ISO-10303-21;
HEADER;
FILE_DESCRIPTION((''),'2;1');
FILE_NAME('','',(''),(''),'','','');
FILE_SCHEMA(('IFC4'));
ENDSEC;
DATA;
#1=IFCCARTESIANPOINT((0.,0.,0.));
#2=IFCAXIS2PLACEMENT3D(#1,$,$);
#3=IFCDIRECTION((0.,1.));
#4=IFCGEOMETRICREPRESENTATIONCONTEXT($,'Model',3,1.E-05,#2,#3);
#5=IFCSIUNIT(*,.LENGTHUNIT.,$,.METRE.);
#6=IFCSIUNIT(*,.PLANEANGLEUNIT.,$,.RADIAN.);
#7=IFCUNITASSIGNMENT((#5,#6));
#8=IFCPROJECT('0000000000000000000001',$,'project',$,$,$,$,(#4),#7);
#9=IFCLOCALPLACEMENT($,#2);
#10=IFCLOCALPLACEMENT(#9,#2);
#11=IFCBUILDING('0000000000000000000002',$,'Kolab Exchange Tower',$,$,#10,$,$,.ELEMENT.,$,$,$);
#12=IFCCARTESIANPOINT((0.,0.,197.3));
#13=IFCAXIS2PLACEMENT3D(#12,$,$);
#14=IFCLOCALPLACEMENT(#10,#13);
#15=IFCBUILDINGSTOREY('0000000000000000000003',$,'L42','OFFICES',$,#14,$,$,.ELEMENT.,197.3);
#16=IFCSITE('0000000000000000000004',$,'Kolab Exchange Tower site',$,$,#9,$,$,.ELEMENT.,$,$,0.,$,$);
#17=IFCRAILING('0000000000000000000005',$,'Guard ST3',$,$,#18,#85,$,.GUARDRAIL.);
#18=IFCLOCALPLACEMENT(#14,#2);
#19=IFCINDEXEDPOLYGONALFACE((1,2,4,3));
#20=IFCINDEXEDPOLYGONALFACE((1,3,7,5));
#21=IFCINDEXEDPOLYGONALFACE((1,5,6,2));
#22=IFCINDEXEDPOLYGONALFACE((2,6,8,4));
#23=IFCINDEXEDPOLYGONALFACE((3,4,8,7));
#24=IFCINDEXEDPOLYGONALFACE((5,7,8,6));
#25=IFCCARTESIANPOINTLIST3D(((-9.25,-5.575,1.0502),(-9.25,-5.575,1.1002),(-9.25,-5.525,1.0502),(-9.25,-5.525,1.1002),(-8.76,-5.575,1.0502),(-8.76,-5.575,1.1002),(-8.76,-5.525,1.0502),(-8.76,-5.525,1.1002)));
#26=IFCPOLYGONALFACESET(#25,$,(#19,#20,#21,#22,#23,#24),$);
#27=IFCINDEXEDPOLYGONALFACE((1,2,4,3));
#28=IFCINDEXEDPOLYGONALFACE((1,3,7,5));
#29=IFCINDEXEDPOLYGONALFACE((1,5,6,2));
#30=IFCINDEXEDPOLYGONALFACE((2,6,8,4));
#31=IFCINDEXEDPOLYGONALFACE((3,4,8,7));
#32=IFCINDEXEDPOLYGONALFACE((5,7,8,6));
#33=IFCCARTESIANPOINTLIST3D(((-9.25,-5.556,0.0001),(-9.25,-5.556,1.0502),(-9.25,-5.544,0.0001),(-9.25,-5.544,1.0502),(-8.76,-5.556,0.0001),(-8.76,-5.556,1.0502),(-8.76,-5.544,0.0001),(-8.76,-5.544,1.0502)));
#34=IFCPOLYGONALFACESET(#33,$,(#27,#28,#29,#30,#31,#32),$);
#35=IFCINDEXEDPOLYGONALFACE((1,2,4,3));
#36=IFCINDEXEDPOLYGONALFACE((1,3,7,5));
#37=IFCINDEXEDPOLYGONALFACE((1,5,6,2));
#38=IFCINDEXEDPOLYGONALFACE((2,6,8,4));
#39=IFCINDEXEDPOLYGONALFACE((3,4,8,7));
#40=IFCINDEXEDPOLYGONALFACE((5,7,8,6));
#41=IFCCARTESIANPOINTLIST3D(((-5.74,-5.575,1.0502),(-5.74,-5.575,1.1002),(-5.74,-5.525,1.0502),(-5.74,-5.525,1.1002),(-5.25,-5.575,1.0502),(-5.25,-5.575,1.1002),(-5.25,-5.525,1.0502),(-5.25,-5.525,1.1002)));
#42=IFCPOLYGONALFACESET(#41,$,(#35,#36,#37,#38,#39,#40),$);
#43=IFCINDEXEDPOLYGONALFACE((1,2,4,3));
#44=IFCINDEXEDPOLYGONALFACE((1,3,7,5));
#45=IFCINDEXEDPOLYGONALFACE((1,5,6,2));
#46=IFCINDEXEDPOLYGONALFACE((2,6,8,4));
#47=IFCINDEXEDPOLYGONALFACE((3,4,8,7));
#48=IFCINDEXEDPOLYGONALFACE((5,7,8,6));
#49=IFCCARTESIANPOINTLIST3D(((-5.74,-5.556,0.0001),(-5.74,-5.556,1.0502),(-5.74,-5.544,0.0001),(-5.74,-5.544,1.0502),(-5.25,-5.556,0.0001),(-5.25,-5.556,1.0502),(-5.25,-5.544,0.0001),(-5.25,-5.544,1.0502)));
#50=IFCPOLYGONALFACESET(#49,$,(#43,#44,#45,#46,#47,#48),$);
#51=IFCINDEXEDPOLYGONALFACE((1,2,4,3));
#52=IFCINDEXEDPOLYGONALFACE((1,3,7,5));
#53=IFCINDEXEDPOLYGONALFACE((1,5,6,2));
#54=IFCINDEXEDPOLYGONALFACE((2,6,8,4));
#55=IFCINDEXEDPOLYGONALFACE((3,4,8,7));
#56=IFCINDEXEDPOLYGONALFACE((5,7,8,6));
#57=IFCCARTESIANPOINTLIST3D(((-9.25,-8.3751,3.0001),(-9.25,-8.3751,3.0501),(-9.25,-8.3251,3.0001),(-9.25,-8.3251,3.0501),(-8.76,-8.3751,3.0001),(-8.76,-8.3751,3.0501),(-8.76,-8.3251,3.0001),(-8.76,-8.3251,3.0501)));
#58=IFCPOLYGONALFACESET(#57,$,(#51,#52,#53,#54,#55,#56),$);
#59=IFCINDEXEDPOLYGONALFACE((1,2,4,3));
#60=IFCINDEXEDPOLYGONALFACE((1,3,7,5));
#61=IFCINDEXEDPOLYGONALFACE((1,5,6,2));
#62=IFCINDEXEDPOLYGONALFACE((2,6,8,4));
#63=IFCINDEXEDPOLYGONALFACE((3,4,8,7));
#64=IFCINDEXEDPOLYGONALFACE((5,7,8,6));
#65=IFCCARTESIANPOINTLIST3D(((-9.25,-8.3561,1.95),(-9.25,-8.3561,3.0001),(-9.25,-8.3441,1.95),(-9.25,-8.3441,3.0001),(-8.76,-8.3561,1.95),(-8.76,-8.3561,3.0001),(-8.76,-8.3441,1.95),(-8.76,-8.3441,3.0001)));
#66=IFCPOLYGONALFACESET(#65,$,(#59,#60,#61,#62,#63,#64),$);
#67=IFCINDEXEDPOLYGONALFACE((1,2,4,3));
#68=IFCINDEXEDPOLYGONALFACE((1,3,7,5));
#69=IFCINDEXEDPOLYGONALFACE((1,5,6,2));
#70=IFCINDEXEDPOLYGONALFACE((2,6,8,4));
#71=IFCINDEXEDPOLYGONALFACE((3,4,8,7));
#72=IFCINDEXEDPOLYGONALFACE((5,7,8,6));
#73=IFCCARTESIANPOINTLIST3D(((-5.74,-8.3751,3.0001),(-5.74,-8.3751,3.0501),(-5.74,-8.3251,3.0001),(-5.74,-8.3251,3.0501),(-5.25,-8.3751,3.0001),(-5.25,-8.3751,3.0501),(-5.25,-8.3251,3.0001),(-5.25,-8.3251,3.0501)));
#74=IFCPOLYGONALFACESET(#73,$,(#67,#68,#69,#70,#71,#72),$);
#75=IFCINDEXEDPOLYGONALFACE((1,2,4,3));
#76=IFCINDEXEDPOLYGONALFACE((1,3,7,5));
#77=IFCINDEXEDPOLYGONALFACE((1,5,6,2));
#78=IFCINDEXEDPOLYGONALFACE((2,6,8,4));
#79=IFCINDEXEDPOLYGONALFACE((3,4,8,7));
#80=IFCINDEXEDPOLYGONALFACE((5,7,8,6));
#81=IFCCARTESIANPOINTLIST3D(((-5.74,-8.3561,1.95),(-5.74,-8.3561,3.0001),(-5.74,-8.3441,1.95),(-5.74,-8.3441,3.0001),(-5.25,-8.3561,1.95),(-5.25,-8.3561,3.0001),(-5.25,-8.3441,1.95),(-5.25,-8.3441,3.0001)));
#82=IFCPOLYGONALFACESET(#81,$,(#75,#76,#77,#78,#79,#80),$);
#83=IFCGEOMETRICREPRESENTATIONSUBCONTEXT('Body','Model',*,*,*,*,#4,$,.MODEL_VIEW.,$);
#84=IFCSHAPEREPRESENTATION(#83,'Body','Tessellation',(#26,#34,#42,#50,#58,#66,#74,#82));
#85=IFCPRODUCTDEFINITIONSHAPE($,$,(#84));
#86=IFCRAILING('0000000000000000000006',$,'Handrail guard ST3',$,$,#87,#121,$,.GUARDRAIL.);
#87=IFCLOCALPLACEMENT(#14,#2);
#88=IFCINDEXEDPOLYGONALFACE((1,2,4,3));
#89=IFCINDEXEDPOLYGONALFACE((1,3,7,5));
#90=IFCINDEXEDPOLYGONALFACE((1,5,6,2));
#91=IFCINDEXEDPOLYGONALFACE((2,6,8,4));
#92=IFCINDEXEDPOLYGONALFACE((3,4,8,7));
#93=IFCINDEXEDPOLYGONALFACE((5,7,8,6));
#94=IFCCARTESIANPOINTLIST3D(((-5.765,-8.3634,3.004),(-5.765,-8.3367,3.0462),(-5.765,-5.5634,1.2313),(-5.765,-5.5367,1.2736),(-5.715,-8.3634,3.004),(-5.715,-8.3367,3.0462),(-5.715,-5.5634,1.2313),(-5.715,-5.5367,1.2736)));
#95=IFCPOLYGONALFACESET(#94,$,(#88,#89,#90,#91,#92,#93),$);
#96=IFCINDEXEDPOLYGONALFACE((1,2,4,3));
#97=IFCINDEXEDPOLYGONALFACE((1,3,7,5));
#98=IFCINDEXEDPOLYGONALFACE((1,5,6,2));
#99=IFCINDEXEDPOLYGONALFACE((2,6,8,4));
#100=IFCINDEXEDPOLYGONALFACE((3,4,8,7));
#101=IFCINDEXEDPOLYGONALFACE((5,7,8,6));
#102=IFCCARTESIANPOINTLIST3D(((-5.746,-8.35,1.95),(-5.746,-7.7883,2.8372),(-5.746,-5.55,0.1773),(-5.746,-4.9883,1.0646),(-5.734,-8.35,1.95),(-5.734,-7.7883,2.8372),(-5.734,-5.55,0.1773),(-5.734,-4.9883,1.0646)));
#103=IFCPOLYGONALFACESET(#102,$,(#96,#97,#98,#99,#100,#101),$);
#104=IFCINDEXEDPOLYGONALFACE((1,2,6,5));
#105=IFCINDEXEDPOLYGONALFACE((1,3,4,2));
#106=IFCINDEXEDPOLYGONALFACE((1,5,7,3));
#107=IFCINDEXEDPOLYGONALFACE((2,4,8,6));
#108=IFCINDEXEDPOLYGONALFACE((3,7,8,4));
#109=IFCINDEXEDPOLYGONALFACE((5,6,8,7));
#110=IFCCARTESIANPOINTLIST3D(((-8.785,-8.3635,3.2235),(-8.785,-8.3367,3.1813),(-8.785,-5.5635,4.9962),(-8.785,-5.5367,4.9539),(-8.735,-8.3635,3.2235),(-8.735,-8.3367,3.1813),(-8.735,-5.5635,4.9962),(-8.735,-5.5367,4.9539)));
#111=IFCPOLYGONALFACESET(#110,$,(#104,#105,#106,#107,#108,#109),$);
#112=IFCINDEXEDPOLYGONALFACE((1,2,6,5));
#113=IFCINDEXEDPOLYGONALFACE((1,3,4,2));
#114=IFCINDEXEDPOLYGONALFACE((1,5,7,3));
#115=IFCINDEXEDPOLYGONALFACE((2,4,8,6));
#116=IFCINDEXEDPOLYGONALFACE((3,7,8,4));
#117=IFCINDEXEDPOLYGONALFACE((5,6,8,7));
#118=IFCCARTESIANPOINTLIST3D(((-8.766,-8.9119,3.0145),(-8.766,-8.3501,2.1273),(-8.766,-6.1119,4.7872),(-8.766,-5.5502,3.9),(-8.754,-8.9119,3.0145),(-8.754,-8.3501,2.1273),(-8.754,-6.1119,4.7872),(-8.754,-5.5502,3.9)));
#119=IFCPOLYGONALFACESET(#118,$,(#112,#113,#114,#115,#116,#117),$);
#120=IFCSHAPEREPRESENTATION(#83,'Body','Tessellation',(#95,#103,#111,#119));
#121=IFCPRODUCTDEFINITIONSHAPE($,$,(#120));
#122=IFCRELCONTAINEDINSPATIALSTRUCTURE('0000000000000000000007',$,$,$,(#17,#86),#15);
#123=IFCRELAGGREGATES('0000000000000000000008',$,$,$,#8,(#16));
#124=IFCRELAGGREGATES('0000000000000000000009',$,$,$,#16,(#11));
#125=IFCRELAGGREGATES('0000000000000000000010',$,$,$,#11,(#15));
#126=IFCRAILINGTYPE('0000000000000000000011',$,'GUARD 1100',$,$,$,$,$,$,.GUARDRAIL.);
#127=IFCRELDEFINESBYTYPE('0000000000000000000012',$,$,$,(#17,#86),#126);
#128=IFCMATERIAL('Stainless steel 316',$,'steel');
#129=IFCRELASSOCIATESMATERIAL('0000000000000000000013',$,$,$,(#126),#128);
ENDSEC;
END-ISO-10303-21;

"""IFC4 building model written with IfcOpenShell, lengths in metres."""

from ifc_helpers import new_model, si_unit, direction, frame, frame_2d, origin, origin_2d, place, context, subcontext, project, spatial, rectangle, extrude, material, type_object, element, save


model = new_model("IFC4")

# Units and contexts
model_context = context("Model", 3, precision=1e-05, world=origin(), true_north=direction((0.0, 1.0)))
body_context = subcontext(model_context, "Body", "Model", "MODEL_VIEW")
ifc_project = project(units=[si_unit("LENGTHUNIT", "METRE"), si_unit("PLANEANGLEUNIT", "RADIAN")], contexts=[model_context])

# Site, building, storey
site_placement = place(None, origin())
site = spatial("IfcSite", under=ifc_project, at=site_placement, Name="Kolab Exchange Tower site", CompositionType="ELEMENT", RefElevation=0.0)
building_placement = place(site_placement, origin())
building = spatial("IfcBuilding", under=site, at=building_placement, Name="Kolab Exchange Tower", CompositionType="ELEMENT")
storey_placement = place(building_placement, frame((0.0, 0.0, 197.3)))
storey = spatial("IfcBuildingStorey", under=building, at=storey_placement, Name="L42", Description="OFFICES", CompositionType="ELEMENT", Elevation=197.3)

# Shared definitions
ifc_material_1 = material(Name="Stainless steel 316", Category="steel")

# Railings
railing_type = type_object("IfcRailingType", Name="GUARD 1100", PredefinedType="GUARDRAIL", material=ifc_material_1)
railing_1_placement = place(storey_placement, frame((-9.25, -5.55, 0.0)))
element("IfcRailing", 1, at=railing_1_placement, inside=storey, type_object=railing_type, Name="Guard ST3", PredefinedType="GUARDRAIL", context=body_context, shape_type="SweptSolid", body=[
    extrude(rectangle(XDim=0.05, YDim=0.05, at=origin_2d()), frame((0.0, 0.0, 1.0752), z_axis=(1.0, 0.0, 0.0), x_axis=(0.0, 1.0, 0.0)), (0.0, 0.0, 1.0), 0.49),
    extrude(rectangle(XDim=0.012, YDim=1.0501, at=frame_2d((0.0, 0.5251))), frame((0.0, 0.0, 0.0), z_axis=(1.0, 0.0, 0.0), x_axis=(0.0, 1.0, 0.0)), (0.0, 0.0, 1.0), 0.49),
    extrude(rectangle(XDim=0.05, YDim=0.05, at=origin_2d()), frame((3.51, 0.0, 1.0752), z_axis=(1.0, 0.0, 0.0), x_axis=(0.0, 1.0, 0.0)), (0.0, 0.0, 1.0), 0.49),
    extrude(rectangle(XDim=0.012, YDim=1.0501, at=frame_2d((0.0, 0.5251))), frame((3.51, 0.0, 0.0), z_axis=(1.0, 0.0, 0.0), x_axis=(0.0, 1.0, 0.0)), (0.0, 0.0, 1.0), 0.49),
    extrude(rectangle(XDim=0.05, YDim=0.05, at=origin_2d()), frame((0.0, -2.8, 3.0251), z_axis=(1.0, 0.0, 0.0), x_axis=(0.0, 1.0, 0.0)), (0.0, 0.0, 1.0), 0.49),
    extrude(rectangle(XDim=0.012, YDim=1.0501, at=frame_2d((0.0, 0.5251))), frame((0.0, -2.8, 1.95), z_axis=(1.0, 0.0, 0.0), x_axis=(0.0, 1.0, 0.0)), (0.0, 0.0, 1.0), 0.49),
    extrude(rectangle(XDim=0.05, YDim=0.05, at=origin_2d()), frame((3.51, -2.8, 3.0251), z_axis=(1.0, 0.0, 0.0), x_axis=(0.0, 1.0, 0.0)), (0.0, 0.0, 1.0), 0.49),
    extrude(rectangle(XDim=0.012, YDim=1.0501, at=frame_2d((0.0, 0.5251))), frame((3.51, -2.8, 1.95), z_axis=(1.0, 0.0, 0.0), x_axis=(0.0, 1.0, 0.0)), (0.0, 0.0, 1.0), 0.49),
])
railing_2_placement = place(storey_placement, frame((-5.74, -5.55, 0.1772)))
element("IfcRailing", 2, at=railing_2_placement, inside=storey, type_object=railing_type, Name="Handrail guard ST3", PredefinedType="GUARDRAIL", context=body_context, shape_type="SweptSolid", body=[
    extrude(rectangle(XDim=0.05, YDim=0.05, at=origin_2d()), frame((0.0, 0.0, 1.0752), z_axis=(0.0, -0.844909, 0.53491), x_axis=(1.0, 0.0, 0.0)), (0.0, 0.0, 1.0), 3.314),
    extrude(rectangle(XDim=0.012, YDim=1.0501, at=frame_2d((0.0, 0.5251))), frame((0.0, 0.0, 0.0), z_axis=(0.0, -0.844909, 0.53491), x_axis=(1.0, 0.0, 0.0)), (0.0, 0.0, 1.0), 3.314),
    extrude(rectangle(XDim=0.05, YDim=0.05, at=origin_2d()), frame((-3.02, -2.8, 3.0251), z_axis=(0.0, 0.844909, 0.53491), x_axis=(-1.0, 0.0, 0.0)), (0.0, 0.0, 1.0), 3.314),
    extrude(rectangle(XDim=0.012, YDim=1.0501, at=frame_2d((0.0, 0.5251))), frame((-3.02, -2.8, 1.95), z_axis=(0.0, 0.844909, 0.53491), x_axis=(-1.0, 0.0, 0.0)), (0.0, 0.0, 1.0), 3.314),
])

save(model, "model.ifc")
